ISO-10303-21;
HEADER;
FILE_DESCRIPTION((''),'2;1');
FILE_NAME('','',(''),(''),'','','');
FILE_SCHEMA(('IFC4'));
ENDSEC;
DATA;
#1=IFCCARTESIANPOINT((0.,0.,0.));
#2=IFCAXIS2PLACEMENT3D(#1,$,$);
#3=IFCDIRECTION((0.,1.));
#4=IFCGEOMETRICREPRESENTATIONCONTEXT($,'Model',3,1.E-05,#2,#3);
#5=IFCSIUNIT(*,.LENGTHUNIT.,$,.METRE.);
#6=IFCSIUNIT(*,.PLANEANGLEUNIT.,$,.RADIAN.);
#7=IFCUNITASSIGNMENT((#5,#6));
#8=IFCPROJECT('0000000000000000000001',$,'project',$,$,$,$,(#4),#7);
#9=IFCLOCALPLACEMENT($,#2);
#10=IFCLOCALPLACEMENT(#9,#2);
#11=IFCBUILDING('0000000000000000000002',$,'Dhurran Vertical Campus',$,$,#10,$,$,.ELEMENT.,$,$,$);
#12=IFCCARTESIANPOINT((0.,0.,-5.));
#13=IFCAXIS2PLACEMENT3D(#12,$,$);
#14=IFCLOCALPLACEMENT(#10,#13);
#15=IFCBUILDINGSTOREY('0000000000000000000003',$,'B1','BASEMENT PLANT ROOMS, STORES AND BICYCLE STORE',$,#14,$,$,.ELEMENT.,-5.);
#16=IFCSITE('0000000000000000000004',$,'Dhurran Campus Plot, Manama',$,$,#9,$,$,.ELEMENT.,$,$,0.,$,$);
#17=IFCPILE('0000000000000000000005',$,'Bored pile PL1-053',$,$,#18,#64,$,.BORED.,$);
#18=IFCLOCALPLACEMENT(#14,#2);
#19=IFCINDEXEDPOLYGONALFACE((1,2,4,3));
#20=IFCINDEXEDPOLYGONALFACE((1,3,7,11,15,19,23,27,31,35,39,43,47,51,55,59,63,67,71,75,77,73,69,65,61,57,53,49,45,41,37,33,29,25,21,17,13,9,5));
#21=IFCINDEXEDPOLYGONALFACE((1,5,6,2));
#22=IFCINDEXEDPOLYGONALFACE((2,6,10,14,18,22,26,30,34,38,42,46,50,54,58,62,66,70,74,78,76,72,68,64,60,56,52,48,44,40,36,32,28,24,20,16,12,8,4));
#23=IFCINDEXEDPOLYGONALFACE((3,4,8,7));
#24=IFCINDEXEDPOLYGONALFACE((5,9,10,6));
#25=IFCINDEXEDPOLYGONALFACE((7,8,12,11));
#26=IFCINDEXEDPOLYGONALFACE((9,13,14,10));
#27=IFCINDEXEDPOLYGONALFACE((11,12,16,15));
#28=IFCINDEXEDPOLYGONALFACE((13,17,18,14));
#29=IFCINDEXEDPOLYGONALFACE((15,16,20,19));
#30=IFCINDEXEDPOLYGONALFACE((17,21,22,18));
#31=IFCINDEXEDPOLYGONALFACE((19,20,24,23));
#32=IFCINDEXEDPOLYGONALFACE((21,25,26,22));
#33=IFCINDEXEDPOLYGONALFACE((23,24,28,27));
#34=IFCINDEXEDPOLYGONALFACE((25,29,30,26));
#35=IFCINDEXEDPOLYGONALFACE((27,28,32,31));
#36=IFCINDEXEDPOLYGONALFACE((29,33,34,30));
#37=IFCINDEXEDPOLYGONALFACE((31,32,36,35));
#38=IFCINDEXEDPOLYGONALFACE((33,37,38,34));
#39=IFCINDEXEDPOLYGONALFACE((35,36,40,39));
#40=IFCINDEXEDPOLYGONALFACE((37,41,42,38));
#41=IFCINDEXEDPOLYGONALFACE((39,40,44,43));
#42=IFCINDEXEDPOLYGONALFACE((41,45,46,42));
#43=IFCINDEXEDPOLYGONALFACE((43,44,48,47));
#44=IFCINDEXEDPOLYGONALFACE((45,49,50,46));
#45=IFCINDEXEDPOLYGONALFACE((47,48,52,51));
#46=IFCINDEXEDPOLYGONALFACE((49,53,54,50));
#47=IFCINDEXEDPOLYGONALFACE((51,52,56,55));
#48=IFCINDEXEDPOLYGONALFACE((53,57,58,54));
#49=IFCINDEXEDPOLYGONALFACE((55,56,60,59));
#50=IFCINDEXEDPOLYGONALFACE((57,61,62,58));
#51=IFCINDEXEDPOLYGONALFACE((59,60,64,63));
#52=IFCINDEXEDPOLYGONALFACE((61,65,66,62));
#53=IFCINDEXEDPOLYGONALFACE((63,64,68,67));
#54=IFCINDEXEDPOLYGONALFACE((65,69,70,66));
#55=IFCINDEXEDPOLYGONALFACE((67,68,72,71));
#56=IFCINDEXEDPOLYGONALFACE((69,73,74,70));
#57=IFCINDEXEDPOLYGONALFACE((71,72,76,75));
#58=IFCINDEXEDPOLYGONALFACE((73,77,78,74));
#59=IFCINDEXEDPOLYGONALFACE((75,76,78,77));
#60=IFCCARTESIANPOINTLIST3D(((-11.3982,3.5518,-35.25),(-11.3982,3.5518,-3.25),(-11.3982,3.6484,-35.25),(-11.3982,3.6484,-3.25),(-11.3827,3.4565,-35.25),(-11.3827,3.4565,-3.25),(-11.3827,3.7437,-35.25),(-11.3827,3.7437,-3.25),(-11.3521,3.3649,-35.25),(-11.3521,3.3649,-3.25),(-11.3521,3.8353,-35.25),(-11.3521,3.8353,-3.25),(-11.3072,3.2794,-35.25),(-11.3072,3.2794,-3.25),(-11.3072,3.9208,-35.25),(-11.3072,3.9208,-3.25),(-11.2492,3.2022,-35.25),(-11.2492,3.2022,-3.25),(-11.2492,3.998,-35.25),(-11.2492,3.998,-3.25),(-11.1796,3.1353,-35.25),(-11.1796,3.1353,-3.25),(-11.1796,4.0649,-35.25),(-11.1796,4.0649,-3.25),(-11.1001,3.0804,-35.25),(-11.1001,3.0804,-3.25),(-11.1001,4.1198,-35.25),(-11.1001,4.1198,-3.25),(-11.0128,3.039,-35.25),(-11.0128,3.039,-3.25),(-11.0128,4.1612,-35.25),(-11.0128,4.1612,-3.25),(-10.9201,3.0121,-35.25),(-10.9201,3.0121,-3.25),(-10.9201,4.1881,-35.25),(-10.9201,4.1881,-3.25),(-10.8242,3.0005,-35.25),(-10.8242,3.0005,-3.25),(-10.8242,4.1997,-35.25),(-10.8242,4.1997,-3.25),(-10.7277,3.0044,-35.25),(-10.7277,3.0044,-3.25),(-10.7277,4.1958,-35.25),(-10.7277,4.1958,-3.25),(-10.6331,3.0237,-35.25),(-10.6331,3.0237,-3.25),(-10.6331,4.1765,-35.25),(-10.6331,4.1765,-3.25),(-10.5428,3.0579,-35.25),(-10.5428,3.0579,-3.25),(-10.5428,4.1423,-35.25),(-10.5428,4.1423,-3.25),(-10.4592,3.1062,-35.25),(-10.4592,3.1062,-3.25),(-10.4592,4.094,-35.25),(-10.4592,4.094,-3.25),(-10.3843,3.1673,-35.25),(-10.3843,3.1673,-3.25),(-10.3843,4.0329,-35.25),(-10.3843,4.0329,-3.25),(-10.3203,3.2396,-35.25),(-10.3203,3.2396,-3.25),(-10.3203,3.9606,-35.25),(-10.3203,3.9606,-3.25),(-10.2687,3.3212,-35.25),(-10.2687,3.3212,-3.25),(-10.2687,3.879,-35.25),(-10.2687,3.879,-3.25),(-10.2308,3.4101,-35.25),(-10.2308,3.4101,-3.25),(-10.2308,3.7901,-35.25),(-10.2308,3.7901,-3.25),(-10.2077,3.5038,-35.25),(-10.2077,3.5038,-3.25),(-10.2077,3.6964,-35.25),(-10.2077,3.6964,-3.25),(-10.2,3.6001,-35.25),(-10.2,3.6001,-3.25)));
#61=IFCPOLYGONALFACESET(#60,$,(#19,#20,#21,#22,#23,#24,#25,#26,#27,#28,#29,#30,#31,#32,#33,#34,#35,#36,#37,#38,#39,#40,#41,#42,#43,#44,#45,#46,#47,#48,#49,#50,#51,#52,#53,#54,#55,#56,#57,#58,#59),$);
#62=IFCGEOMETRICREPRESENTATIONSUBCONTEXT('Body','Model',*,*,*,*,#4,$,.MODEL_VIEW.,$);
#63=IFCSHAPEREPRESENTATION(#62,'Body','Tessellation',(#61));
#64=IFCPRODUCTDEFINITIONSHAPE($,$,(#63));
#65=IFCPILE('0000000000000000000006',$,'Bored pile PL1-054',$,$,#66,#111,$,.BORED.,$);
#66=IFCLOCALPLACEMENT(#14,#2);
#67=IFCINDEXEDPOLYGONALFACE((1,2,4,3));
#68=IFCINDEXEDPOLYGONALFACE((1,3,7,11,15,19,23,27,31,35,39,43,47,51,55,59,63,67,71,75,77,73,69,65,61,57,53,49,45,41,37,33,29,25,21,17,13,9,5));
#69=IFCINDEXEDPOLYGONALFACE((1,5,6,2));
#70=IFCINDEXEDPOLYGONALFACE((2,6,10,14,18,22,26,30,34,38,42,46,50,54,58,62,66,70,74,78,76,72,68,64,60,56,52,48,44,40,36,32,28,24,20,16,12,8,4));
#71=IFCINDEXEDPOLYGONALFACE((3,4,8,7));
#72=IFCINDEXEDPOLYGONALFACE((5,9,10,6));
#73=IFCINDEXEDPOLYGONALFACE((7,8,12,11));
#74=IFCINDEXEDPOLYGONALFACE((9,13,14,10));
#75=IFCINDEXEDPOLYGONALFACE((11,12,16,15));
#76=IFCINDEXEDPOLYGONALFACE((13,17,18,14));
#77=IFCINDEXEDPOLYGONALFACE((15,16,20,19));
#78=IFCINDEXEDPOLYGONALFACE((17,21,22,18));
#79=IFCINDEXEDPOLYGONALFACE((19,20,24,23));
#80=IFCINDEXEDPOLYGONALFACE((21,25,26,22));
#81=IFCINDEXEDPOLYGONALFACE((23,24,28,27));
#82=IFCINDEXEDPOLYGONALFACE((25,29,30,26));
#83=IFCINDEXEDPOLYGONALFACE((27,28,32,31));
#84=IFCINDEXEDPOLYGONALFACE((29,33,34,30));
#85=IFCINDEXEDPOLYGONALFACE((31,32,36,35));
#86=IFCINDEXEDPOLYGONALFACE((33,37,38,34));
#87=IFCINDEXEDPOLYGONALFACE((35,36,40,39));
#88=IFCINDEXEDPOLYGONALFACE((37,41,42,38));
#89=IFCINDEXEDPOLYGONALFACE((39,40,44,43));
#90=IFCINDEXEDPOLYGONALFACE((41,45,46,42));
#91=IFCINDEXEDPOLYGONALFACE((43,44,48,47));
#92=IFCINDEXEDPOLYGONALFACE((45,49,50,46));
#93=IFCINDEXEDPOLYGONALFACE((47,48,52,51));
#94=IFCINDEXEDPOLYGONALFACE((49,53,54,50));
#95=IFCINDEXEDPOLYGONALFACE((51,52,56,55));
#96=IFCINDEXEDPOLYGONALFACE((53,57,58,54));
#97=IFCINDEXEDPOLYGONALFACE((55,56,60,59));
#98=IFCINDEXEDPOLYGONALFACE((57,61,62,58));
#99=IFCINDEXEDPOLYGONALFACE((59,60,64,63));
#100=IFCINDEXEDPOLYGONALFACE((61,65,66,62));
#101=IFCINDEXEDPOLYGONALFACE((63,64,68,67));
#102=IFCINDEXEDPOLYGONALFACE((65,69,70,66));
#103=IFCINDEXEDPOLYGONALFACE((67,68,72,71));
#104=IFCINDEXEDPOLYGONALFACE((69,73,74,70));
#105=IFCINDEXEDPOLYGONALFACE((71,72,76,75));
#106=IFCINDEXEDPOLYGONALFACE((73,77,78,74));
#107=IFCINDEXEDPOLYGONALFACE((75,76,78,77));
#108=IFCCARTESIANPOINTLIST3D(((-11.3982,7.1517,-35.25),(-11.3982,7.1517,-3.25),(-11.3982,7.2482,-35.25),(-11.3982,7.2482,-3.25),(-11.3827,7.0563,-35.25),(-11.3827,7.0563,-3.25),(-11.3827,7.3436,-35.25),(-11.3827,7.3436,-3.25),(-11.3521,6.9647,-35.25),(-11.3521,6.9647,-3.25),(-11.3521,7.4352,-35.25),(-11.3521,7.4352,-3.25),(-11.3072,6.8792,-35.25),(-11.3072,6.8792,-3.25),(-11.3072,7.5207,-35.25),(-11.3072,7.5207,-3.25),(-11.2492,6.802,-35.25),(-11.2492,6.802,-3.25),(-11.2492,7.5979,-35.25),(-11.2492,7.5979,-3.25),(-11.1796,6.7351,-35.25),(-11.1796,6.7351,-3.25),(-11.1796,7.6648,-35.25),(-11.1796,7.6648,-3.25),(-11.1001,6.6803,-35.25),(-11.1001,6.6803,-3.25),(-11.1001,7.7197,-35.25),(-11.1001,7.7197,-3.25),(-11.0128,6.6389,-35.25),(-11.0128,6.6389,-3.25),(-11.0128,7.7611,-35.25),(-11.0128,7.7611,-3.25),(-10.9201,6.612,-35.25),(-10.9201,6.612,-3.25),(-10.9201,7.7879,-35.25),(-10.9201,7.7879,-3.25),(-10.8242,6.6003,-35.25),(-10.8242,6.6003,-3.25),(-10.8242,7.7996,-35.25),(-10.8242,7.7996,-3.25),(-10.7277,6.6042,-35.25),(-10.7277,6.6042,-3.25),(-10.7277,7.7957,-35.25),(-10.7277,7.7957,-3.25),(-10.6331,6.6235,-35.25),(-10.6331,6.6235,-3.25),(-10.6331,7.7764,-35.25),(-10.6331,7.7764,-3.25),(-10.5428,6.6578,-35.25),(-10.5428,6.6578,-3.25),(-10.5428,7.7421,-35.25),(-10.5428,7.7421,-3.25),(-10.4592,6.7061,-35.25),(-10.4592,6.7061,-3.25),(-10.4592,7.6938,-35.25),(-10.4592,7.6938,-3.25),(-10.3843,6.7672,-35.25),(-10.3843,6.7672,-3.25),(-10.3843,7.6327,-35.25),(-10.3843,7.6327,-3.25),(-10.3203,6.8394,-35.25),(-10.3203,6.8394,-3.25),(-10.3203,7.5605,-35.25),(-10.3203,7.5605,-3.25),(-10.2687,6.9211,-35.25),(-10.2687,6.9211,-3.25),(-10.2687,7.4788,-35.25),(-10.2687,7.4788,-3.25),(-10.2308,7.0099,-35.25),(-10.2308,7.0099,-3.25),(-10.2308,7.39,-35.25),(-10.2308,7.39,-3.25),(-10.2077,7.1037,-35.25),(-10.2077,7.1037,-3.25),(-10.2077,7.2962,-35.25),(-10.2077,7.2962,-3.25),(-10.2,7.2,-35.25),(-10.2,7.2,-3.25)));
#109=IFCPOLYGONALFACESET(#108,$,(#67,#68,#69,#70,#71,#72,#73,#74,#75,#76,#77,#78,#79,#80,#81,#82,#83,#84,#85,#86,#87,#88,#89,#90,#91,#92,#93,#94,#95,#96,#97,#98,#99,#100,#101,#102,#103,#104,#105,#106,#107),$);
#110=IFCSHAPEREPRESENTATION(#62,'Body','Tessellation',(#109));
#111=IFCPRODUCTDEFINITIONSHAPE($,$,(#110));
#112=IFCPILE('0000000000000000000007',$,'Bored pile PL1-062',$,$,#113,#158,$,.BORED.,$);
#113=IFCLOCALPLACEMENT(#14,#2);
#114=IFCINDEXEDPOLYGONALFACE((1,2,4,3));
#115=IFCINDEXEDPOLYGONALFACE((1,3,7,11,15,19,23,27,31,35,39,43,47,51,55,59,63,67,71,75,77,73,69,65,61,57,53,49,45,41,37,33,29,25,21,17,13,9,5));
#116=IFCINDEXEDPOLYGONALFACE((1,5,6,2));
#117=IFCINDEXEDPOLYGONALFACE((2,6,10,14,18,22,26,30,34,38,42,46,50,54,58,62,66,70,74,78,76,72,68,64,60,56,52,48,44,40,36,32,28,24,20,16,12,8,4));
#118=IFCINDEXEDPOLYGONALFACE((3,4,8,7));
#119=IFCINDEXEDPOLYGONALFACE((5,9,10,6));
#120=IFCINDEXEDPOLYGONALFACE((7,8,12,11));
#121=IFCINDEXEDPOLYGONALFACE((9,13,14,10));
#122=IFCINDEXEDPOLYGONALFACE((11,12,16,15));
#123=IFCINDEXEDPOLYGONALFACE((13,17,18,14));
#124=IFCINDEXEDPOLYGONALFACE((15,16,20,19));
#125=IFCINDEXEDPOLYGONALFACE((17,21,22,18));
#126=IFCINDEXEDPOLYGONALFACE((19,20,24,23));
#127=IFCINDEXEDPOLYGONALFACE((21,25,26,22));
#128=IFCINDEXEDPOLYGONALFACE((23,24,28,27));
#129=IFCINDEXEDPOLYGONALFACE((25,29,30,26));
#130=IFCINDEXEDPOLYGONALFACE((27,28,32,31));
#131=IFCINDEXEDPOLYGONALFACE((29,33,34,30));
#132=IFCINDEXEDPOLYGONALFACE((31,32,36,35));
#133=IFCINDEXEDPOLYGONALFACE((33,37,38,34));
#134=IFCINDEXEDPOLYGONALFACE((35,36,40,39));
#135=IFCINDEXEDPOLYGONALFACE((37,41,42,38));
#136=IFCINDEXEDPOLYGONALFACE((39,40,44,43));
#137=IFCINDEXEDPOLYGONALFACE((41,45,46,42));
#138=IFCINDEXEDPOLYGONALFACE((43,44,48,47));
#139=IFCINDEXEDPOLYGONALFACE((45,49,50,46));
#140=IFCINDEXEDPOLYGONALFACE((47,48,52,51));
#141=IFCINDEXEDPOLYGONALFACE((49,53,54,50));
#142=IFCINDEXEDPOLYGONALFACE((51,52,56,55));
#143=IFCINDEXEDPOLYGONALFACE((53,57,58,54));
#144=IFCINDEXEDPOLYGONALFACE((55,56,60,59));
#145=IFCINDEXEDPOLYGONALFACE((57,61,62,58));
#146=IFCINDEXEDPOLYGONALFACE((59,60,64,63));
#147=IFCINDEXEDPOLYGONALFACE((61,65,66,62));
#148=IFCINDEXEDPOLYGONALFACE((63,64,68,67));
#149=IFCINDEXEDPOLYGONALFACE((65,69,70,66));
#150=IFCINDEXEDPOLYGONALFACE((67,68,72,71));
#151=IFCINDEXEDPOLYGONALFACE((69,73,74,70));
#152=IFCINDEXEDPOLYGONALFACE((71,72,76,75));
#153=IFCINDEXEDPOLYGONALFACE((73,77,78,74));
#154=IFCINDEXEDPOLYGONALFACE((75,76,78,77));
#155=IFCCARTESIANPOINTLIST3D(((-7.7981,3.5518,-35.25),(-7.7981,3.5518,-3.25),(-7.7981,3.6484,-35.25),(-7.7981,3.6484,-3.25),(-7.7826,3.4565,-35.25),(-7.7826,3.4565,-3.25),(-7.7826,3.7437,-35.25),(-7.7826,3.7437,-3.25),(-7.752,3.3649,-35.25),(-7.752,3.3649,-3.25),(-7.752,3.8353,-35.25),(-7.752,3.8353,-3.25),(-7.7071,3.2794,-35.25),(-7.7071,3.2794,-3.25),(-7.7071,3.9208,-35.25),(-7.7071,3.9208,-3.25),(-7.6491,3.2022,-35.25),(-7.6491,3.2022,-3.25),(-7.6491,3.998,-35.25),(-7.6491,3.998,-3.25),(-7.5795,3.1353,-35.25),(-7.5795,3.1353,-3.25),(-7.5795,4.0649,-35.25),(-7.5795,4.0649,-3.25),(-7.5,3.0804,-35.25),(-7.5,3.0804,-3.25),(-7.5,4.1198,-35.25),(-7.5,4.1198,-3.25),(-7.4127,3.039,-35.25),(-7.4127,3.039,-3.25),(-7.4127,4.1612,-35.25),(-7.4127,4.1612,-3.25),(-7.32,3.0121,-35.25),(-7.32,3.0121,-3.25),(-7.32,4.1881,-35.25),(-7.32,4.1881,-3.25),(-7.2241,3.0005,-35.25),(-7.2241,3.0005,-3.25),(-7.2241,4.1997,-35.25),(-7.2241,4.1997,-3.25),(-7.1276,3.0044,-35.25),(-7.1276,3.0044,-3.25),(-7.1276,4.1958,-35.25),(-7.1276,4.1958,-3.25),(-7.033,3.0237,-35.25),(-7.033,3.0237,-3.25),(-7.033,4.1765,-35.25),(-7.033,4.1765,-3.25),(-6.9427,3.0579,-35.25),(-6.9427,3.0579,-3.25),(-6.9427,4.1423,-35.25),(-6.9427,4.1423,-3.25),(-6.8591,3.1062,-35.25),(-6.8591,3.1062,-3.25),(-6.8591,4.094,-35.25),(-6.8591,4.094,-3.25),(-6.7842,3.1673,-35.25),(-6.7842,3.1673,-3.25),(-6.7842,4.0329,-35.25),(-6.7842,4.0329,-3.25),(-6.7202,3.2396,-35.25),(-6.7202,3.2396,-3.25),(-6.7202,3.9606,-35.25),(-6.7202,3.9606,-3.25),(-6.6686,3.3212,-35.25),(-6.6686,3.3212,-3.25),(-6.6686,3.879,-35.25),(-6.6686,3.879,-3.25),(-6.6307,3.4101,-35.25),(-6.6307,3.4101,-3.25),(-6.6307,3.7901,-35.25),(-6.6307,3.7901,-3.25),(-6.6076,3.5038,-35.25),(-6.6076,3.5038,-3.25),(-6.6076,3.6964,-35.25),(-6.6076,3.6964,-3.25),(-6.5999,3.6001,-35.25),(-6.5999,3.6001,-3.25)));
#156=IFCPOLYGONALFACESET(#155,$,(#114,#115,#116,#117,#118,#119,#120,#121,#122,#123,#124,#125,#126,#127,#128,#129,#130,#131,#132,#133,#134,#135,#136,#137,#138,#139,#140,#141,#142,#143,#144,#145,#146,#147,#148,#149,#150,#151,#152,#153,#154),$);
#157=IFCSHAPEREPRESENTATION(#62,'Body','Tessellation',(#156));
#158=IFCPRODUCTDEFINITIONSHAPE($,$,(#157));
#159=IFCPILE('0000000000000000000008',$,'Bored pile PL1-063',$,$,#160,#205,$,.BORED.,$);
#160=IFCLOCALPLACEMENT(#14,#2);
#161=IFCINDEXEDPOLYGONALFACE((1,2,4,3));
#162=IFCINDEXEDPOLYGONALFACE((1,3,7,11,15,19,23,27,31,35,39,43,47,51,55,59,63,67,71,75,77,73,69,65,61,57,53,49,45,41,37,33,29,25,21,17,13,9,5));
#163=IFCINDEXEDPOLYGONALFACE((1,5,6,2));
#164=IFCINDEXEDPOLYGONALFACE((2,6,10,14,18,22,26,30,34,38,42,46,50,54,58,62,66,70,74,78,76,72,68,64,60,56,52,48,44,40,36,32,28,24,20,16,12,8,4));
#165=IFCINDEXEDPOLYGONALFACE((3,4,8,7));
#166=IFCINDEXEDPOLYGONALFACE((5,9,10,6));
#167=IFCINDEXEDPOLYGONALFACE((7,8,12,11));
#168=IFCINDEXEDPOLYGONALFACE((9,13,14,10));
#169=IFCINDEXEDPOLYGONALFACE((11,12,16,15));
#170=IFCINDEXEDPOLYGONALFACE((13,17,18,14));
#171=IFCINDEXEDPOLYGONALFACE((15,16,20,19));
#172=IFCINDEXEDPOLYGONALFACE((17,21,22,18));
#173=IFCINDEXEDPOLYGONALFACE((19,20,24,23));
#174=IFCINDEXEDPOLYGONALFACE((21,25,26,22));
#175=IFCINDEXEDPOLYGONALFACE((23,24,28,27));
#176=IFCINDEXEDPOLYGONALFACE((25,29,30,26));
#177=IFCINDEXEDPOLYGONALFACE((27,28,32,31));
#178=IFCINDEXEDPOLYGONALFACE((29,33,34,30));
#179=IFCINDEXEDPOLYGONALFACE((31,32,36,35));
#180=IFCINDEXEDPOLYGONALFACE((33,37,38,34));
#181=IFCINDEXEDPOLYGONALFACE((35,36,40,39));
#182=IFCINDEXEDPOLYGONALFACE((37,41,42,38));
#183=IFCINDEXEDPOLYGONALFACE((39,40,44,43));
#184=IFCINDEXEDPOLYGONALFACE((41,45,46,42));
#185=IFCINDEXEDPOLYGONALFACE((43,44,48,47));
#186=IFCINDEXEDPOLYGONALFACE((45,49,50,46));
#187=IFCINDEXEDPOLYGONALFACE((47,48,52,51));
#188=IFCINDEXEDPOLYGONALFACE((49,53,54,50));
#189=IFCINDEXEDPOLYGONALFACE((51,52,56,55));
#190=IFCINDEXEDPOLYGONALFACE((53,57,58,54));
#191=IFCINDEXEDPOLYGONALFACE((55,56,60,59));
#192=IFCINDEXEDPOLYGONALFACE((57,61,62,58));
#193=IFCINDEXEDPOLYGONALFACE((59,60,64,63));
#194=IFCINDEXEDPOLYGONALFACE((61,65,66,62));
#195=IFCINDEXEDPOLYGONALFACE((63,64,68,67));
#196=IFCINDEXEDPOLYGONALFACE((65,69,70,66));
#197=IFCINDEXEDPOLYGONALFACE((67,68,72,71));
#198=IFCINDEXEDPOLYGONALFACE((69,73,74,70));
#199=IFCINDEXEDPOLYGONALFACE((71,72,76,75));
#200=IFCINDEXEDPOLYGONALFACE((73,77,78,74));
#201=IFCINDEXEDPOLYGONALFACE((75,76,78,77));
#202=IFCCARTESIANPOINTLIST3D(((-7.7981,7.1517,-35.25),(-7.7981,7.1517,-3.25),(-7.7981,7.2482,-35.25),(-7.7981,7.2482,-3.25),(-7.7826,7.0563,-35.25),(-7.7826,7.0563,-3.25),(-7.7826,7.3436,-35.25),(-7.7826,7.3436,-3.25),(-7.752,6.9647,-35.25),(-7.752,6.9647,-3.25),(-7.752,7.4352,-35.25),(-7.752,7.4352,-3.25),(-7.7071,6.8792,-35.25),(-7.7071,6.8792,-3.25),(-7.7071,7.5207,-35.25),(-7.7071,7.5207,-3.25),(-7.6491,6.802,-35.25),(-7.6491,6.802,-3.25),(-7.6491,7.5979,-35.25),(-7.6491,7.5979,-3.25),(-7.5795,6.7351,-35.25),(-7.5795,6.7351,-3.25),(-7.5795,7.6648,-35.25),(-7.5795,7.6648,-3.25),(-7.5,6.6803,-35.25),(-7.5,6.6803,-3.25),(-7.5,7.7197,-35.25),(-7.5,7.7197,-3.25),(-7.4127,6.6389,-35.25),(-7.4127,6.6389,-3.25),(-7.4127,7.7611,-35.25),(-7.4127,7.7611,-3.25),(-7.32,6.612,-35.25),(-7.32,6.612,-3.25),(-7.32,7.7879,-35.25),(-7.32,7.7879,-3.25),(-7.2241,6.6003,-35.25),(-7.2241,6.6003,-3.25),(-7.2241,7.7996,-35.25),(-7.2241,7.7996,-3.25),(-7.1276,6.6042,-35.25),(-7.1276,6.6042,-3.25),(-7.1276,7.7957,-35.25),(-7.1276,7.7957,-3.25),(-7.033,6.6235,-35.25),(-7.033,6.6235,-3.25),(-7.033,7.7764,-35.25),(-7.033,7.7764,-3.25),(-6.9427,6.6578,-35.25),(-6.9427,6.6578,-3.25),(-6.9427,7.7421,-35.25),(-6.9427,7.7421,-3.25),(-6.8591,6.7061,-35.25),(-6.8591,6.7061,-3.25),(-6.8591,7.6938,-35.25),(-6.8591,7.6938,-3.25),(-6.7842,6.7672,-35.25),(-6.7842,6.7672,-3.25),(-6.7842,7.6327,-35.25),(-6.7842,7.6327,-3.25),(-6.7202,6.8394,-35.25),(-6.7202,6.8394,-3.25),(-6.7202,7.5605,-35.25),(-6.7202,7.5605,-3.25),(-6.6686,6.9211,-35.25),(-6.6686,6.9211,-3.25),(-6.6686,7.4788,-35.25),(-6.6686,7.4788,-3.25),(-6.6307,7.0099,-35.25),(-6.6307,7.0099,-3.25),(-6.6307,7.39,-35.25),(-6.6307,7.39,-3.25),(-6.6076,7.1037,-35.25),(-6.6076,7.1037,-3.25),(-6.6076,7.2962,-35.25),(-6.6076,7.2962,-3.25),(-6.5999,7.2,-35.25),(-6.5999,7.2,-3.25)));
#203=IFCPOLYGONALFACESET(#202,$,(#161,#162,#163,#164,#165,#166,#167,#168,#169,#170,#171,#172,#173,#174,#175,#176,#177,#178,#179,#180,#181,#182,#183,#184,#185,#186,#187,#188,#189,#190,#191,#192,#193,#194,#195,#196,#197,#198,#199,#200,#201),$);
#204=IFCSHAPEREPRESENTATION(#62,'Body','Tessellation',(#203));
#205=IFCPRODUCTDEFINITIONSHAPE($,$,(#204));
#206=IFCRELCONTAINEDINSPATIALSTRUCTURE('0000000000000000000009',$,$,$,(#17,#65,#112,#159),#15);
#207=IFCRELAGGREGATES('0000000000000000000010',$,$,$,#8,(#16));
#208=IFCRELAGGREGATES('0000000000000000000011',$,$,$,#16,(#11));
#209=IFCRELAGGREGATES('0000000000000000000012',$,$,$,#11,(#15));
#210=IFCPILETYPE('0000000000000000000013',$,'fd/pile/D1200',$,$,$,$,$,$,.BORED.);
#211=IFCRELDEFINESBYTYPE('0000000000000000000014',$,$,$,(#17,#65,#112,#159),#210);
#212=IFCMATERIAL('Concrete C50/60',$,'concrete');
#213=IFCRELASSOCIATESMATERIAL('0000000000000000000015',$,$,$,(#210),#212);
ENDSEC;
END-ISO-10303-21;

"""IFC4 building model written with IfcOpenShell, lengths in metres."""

from ifc_helpers import new_model, si_unit, direction, frame, origin, origin_2d, place, context, subcontext, project, spatial, circle, extrude, material, material_profile, profile_set, type_object, element, save


model = new_model("IFC4")

# Units and contexts
model_context = context("Model", 3, precision=1e-05, world=origin(), true_north=direction((0.0, 1.0)))
body_context = subcontext(model_context, "Body", "Model", "MODEL_VIEW")
ifc_project = project(units=[si_unit("LENGTHUNIT", "METRE"), si_unit("PLANEANGLEUNIT", "RADIAN")], contexts=[model_context])

# Site, building, storey
site_placement = place(None, origin())
site = spatial("IfcSite", under=ifc_project, at=site_placement, Name="Dhurran Campus Plot, Manama", CompositionType="ELEMENT", RefElevation=0.0)
building_placement = place(site_placement, origin())
building = spatial("IfcBuilding", under=site, at=building_placement, Name="Dhurran Vertical Campus", CompositionType="ELEMENT")
storey_placement = place(building_placement, frame((0.0, 0.0, -5.0)))
storey = spatial("IfcBuildingStorey", under=building, at=storey_placement, Name="B1", Description="BASEMENT PLANT ROOMS, STORES AND BICYCLE STORE", CompositionType="ELEMENT", Elevation=-5.0)

# Piles
ifc_material_1 = material(Name="Concrete C50/60", Category="concrete")
ifc_material_profile = material_profile(ifc_material_1, circle(Radius=0.6001, at=origin_2d()), Name="fd/pile/D1200")
ifc_profile_set = profile_set([ifc_material_profile], Name="Concrete C50/60")
pile_type = type_object("IfcPileType", Name="fd/pile/D1200", PredefinedType="BORED", material=ifc_profile_set)
for number, where, z_axis, x_axis, name in (
    (1, (-10.8, 3.6001, -3.25), (0.0, 0.0, -1.0), (1.0, 0.0, 0.0), "Bored pile PL1-053"),
    (2, (-10.8, 7.2, -3.25), (0.0, 0.0, -1.0), (1.0, 0.0, 0.0), "Bored pile PL1-054"),
    (3, (-7.2, 3.6001, -3.25), (0.0, 0.0, -1.0), (1.0, 0.0, 0.0), "Bored pile PL1-062"),
    (4, (-7.2, 7.2, -3.25), (0.0, 0.0, -1.0), (1.0, 0.0, 0.0), "Bored pile PL1-063"),
):
    element("IfcPile", number, at=place(storey_placement, frame(where, z_axis=z_axis, x_axis=x_axis)), inside=storey, type_object=pile_type, Name=name, PredefinedType="BORED", context=body_context, shape_type="SweptSolid", body=[
        extrude(circle(Radius=0.6001, at=origin_2d()), origin(), (0.0, 0.0, 1.0), 32.0),
    ])

save(model, "model.ifc")
